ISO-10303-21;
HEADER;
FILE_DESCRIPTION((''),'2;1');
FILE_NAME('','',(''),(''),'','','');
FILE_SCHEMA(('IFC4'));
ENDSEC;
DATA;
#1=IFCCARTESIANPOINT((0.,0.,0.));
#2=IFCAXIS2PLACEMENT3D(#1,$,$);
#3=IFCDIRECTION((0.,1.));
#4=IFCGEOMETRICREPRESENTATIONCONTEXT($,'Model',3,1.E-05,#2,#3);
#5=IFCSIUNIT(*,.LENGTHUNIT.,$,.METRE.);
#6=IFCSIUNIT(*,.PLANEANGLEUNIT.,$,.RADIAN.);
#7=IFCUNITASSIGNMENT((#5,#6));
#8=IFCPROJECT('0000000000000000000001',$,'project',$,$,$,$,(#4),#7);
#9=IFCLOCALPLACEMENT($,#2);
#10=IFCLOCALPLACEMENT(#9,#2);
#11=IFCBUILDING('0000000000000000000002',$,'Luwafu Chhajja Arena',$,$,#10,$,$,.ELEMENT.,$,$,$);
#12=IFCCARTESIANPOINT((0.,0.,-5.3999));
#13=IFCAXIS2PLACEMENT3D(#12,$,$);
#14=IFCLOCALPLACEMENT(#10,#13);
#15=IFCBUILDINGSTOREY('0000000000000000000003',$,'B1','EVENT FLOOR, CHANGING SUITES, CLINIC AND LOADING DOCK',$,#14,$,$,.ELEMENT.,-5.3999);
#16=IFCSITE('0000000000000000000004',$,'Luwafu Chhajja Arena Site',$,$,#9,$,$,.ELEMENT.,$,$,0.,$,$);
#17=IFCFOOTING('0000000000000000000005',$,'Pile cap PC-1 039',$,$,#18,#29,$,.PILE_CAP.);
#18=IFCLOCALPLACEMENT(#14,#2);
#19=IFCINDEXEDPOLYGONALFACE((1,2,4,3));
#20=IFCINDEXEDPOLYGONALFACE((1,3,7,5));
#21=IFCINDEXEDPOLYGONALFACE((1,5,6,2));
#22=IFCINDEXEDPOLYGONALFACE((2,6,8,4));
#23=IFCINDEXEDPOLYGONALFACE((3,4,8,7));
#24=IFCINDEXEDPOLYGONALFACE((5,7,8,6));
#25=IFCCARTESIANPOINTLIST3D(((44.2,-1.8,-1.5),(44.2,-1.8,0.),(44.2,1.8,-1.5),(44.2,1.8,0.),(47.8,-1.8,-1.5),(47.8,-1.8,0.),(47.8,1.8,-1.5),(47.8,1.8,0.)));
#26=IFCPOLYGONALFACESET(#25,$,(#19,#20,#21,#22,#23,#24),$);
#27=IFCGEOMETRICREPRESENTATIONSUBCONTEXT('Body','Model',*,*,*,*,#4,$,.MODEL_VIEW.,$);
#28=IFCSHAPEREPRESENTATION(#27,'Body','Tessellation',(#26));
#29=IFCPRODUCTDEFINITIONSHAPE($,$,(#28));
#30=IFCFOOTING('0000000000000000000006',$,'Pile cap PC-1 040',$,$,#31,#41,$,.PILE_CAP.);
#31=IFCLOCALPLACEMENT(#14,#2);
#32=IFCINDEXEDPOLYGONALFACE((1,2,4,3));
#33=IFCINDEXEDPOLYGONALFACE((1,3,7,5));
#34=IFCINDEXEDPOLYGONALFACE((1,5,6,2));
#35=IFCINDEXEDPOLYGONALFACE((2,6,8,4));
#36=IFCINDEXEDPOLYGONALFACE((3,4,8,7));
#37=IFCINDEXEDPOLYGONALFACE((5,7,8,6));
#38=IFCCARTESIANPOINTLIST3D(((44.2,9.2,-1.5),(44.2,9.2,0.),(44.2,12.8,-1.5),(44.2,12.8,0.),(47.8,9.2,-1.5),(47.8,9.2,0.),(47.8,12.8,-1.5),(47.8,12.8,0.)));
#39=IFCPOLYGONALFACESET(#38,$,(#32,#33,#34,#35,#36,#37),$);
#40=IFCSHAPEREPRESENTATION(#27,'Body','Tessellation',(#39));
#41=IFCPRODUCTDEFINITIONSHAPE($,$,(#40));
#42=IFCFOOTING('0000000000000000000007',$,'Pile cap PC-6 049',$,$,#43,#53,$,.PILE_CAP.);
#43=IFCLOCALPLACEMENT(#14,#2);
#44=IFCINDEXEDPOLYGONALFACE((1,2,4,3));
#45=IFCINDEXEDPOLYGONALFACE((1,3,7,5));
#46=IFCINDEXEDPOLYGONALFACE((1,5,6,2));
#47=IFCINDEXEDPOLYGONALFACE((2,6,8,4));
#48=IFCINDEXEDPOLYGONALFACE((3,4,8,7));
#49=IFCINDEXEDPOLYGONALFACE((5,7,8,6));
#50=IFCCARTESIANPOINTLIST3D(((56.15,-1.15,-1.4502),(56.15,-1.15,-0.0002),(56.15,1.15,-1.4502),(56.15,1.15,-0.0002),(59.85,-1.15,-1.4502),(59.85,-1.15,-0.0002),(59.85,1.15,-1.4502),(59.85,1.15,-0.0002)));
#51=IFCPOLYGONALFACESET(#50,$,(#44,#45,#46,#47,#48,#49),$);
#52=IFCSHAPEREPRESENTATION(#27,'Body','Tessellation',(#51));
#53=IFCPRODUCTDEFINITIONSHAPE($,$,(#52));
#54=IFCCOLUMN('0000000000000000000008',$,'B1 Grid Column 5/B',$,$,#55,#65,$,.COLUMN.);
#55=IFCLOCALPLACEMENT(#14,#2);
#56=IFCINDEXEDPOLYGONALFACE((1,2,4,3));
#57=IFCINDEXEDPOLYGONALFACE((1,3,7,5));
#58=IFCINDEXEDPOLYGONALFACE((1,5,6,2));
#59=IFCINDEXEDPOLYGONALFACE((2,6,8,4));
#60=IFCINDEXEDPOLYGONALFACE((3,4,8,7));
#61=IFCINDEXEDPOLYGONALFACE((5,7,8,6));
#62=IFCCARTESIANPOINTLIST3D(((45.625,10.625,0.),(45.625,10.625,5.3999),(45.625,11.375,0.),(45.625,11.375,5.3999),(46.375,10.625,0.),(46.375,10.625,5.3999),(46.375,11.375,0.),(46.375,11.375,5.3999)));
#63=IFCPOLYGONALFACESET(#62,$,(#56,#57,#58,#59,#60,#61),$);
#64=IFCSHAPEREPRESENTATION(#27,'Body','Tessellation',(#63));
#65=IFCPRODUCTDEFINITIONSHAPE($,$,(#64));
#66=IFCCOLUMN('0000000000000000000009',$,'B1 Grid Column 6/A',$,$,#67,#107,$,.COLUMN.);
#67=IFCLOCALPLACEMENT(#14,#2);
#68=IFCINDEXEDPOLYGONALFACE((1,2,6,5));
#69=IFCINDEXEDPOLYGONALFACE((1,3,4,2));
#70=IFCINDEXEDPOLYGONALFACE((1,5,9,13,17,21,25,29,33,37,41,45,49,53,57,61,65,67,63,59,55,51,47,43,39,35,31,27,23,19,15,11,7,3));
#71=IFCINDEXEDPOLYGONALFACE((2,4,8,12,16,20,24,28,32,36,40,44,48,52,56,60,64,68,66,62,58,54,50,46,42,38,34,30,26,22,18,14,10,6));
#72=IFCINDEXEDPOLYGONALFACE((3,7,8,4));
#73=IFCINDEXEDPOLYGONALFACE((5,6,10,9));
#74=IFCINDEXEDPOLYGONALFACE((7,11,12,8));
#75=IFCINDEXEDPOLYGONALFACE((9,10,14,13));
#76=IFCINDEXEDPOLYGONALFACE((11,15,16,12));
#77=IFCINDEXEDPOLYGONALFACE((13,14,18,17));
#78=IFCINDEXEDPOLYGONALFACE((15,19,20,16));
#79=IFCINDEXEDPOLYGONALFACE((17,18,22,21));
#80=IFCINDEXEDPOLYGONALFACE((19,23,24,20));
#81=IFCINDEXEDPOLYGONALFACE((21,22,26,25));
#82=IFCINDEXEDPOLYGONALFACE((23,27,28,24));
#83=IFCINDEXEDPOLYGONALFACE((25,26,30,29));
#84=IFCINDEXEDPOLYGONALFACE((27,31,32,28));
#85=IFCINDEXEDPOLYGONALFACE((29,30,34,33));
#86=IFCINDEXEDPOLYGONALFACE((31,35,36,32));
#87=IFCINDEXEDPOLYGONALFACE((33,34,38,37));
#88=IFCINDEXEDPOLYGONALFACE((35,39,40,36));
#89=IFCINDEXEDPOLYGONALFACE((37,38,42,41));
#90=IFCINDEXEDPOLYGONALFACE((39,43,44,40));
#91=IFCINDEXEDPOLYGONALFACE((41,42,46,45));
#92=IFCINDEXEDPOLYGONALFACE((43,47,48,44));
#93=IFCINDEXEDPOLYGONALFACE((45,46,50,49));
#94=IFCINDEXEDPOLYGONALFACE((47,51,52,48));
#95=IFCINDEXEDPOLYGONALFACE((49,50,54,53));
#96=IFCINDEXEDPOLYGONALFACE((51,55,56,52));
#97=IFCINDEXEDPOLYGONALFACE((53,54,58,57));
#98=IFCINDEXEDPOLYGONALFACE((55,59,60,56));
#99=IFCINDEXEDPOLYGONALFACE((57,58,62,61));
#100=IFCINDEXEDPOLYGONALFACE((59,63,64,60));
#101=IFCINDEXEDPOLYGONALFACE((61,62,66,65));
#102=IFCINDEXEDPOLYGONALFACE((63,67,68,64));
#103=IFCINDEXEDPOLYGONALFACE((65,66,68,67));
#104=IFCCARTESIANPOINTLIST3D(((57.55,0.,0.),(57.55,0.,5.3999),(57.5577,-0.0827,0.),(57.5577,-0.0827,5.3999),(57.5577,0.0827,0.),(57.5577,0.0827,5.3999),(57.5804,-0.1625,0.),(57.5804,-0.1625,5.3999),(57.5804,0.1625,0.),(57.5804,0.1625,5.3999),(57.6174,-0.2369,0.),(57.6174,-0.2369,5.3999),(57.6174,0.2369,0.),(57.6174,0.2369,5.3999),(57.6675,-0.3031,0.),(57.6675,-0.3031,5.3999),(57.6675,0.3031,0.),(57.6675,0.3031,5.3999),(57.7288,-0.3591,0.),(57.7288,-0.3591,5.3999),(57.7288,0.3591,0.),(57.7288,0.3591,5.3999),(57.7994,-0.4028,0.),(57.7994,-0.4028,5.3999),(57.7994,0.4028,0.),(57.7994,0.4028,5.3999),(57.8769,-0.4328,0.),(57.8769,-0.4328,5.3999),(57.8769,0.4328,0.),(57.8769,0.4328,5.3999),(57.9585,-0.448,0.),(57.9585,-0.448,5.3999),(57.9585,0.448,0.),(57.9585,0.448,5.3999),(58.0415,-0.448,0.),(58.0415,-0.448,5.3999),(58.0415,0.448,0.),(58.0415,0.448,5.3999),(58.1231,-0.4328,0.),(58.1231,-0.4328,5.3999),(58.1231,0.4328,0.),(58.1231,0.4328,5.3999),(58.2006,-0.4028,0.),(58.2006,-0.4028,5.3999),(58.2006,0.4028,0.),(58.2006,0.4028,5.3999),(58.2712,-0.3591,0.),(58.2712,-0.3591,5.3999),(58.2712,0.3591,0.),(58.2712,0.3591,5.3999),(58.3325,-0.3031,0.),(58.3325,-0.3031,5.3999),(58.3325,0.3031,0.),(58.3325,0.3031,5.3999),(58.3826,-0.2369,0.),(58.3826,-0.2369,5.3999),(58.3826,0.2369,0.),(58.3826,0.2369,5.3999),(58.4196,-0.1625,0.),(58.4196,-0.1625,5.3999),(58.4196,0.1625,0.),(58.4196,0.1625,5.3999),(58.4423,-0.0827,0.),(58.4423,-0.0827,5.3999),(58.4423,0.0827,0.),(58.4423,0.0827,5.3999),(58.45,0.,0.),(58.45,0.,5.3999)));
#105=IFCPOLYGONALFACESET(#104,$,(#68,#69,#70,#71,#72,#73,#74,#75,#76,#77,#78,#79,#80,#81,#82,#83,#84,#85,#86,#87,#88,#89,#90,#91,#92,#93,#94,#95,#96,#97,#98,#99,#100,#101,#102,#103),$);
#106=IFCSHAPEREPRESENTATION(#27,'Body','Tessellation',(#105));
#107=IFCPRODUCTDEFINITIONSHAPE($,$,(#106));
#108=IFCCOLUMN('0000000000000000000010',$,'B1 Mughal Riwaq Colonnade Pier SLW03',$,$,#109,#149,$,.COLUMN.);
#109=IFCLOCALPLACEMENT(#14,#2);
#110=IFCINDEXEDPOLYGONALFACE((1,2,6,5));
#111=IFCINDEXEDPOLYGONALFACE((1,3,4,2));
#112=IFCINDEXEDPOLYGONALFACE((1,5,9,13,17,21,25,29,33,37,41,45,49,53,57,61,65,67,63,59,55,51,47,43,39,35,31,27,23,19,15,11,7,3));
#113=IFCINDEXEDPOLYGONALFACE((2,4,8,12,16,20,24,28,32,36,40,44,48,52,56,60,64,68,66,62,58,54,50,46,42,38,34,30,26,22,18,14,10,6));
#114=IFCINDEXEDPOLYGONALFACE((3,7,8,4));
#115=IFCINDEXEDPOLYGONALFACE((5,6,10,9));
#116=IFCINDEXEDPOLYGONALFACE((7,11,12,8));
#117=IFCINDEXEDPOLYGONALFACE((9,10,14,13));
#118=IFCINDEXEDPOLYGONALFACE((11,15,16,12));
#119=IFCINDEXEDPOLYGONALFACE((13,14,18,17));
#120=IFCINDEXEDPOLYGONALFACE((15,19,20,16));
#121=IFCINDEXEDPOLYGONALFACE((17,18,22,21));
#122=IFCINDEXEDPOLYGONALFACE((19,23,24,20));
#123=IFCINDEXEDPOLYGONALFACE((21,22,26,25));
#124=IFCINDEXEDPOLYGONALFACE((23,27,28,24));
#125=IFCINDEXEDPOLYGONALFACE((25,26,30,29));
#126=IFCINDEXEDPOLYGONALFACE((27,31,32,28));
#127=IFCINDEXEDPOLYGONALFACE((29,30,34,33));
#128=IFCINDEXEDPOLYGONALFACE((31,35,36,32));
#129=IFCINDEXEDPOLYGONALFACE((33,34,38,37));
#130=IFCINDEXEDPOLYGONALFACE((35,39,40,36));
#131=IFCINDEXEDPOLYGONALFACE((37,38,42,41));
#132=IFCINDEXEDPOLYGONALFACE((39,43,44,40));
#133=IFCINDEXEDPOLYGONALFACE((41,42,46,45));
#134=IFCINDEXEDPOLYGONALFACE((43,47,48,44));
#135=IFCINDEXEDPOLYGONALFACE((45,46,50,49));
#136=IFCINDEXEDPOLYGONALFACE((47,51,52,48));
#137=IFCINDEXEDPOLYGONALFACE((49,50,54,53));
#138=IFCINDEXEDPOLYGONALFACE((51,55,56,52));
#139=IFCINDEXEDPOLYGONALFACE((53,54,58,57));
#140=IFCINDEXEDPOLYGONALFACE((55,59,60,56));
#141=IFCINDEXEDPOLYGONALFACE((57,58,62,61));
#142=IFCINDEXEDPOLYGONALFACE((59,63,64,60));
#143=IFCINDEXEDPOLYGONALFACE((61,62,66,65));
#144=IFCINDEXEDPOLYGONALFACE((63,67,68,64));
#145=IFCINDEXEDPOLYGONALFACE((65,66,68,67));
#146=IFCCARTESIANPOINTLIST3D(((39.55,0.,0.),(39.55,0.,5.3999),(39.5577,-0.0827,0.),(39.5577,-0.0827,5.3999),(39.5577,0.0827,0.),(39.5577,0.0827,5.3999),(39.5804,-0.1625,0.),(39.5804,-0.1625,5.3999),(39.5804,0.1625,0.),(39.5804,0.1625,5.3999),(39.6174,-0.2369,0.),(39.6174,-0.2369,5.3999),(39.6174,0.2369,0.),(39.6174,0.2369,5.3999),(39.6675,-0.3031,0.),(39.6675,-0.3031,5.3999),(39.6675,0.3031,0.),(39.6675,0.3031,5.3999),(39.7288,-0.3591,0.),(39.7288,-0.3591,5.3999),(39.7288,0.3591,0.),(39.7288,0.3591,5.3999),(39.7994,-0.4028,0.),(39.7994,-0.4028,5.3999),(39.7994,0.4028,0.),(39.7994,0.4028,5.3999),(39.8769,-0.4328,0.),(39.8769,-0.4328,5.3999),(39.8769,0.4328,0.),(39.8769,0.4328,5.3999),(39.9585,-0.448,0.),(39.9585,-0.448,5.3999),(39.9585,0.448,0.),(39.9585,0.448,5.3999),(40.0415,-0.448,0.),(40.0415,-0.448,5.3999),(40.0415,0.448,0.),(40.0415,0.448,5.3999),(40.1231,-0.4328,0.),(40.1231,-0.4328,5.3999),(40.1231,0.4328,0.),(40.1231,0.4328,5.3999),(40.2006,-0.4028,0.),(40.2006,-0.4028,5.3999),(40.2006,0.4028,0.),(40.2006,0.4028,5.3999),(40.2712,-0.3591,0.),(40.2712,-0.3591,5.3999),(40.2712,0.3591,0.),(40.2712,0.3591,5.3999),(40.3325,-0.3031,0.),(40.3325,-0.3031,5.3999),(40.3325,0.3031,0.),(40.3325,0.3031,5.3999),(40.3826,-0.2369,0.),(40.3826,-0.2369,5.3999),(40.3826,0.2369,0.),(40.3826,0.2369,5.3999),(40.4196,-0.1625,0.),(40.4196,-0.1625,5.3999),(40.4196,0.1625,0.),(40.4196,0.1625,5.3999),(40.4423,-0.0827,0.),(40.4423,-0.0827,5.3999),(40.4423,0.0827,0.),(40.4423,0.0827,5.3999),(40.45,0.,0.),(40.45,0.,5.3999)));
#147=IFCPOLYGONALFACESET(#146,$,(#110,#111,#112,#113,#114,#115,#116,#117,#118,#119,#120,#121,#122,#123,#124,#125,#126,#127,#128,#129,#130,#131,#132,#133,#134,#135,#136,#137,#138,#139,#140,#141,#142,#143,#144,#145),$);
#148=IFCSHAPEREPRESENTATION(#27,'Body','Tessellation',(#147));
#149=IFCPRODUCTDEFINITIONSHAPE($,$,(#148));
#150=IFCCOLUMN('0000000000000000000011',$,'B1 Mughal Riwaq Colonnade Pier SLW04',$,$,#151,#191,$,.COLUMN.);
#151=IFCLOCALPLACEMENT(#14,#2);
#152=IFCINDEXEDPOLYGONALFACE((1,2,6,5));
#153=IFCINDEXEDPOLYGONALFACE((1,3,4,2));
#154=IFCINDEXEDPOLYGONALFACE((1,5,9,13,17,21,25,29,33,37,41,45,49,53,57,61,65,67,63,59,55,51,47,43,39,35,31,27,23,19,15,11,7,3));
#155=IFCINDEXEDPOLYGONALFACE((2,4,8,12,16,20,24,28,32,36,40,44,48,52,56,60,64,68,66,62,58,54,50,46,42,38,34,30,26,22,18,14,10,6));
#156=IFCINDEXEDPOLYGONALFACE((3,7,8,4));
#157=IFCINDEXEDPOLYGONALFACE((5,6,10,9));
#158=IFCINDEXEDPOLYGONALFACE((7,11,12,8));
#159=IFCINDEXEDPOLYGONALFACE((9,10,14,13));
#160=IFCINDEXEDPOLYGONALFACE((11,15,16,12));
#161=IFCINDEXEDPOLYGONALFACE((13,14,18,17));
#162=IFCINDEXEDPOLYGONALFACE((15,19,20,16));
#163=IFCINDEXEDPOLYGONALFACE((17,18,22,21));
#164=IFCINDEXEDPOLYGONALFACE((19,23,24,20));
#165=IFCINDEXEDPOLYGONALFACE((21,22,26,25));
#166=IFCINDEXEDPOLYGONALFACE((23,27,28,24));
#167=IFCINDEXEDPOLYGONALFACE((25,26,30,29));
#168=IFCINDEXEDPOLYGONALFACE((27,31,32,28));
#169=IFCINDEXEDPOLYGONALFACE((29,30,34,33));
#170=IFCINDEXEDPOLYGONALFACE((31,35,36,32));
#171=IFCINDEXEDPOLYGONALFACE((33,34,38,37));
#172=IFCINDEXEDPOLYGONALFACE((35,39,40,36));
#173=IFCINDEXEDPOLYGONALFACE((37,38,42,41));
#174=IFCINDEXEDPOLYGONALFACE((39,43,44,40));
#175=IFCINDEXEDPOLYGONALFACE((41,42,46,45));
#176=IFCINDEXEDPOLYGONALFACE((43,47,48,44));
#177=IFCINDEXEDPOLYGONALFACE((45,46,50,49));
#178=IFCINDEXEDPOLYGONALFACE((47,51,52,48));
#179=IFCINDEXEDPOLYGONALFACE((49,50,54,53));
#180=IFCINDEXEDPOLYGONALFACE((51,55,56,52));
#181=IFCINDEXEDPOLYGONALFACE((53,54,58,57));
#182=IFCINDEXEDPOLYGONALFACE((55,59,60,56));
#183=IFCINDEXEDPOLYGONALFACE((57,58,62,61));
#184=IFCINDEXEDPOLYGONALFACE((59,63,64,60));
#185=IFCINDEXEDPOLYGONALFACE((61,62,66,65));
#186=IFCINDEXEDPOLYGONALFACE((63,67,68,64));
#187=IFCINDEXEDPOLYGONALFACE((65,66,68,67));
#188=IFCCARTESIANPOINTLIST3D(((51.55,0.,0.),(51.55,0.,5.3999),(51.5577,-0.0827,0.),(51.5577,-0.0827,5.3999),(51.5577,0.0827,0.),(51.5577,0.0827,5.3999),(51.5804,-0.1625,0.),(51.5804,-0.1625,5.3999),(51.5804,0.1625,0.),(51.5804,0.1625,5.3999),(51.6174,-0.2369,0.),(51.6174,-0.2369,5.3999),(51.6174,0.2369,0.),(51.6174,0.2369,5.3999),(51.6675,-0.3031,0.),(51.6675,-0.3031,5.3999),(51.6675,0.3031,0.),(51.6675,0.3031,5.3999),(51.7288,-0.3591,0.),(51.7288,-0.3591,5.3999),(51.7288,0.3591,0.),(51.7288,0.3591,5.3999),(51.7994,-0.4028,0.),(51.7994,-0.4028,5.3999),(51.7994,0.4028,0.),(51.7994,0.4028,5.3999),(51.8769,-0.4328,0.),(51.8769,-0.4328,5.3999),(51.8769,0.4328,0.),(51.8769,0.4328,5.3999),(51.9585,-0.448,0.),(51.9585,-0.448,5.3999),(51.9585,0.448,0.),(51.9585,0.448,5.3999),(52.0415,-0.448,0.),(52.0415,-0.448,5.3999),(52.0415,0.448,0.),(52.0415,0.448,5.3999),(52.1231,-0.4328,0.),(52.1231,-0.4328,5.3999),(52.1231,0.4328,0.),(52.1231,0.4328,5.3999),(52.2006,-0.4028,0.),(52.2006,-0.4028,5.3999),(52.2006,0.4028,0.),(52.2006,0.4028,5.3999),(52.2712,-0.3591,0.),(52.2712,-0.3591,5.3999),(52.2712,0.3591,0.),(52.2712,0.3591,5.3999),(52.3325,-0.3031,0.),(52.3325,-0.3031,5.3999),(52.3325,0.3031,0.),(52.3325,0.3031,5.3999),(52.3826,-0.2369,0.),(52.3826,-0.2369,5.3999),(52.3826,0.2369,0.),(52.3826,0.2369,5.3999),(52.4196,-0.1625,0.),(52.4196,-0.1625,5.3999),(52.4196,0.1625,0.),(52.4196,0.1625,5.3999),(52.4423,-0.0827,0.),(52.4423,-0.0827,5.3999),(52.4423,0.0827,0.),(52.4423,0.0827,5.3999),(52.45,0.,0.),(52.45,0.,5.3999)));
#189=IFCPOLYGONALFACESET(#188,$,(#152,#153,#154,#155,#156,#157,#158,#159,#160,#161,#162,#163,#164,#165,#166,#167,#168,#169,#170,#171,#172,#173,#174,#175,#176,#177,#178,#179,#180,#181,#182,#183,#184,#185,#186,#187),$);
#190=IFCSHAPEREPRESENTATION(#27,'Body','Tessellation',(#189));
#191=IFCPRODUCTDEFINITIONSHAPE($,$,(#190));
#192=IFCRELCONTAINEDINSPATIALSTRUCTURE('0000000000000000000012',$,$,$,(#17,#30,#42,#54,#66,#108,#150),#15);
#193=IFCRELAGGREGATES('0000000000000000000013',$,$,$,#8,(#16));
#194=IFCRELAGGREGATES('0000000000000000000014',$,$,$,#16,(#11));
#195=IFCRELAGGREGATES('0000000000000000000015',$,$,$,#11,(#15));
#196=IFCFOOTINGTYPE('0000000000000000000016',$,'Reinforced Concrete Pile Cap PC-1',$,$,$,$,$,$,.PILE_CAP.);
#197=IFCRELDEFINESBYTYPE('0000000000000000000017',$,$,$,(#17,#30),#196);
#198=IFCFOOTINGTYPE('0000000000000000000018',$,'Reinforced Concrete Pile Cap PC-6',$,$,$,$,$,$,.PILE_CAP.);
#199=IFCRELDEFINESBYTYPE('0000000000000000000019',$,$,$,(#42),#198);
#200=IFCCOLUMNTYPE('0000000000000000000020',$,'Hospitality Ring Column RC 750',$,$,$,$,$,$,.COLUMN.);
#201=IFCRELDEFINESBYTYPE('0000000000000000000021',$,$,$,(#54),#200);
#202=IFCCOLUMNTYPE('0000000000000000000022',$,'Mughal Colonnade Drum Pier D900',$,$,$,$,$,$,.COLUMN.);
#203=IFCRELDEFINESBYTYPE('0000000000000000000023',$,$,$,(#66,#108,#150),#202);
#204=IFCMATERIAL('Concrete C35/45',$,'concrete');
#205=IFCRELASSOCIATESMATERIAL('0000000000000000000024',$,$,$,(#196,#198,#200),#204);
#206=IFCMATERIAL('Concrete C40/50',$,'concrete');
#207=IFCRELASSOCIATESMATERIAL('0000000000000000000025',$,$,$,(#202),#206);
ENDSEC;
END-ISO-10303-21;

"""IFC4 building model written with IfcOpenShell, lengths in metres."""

from ifc_helpers import new_model, si_unit, direction, frame, origin, origin_2d, place, context, subcontext, project, spatial, rectangle, circle, extrude, material, material_profile, profile_set, type_object, element, save


model = new_model("IFC4")

# Units and contexts
model_context = context("Model", 3, precision=1e-05, world=origin(), true_north=direction((0.0, 1.0)))
body_context = subcontext(model_context, "Body", "Model", "MODEL_VIEW")
ifc_project = project(units=[si_unit("LENGTHUNIT", "METRE"), si_unit("PLANEANGLEUNIT", "RADIAN")], contexts=[model_context])

# Site, building, storey
site_placement = place(None, origin())
site = spatial("IfcSite", under=ifc_project, at=site_placement, Name="Luwafu Chhajja Arena Site", CompositionType="ELEMENT", RefElevation=0.0)
building_placement = place(site_placement, origin())
building = spatial("IfcBuilding", under=site, at=building_placement, Name="Luwafu Chhajja Arena", CompositionType="ELEMENT")
storey_placement = place(building_placement, frame((0.0, 0.0, -5.3999)))
storey = spatial("IfcBuildingStorey", under=building, at=storey_placement, Name="B1", Description="EVENT FLOOR, CHANGING SUITES, CLINIC AND LOADING DOCK", CompositionType="ELEMENT", Elevation=-5.3999)

# Shared definitions
ifc_material_1 = material(Name="Concrete C35/45", Category="concrete")

# Footings
footing_type_1 = type_object("IfcFootingType", Name="Reinforced Concrete Pile Cap PC-1", PredefinedType="PILE_CAP", material=ifc_material_1)
for number, where, z_axis, x_axis, name in (
    (1, (46.0, 0.0, -1.5), (0.0, 0.0, 1.0), (1.0, 0.0, 0.0), "Pile cap PC-1 039"),
    (2, (46.0, 11.0, -1.5), (0.0, 0.0, 1.0), (1.0, 0.0, 0.0), "Pile cap PC-1 040"),
):
    element("IfcFooting", number, at=place(storey_placement, frame(where, z_axis=z_axis, x_axis=x_axis)), inside=storey, type_object=footing_type_1, Name=name, PredefinedType="PILE_CAP", context=body_context, shape_type="SweptSolid", body=[
        extrude(rectangle(XDim=3.6001, YDim=3.6001, at=origin_2d()), origin(), (0.0, 0.0, 1.0), 1.5),
    ])
footing_type_2 = type_object("IfcFootingType", Name="Reinforced Concrete Pile Cap PC-6", PredefinedType="PILE_CAP", material=ifc_material_1)
footing_1_placement = place(storey_placement, frame((58.0, 0.0, -1.4502), z_axis=(0.0, 0.0, 1.0), x_axis=(1.0, 0.0, 0.0)))
element("IfcFooting", 3, at=footing_1_placement, inside=storey, type_object=footing_type_2, Name="Pile cap PC-6 049", PredefinedType="PILE_CAP", context=body_context, shape_type="SweptSolid", body=[
    extrude(rectangle(XDim=3.7, YDim=2.3, at=origin_2d()), origin(), (0.0, 0.0, 1.0), 1.45),
])

# Columns
ifc_material_profile_1 = material_profile(ifc_material_1, rectangle(XDim=0.75, YDim=0.75, at=origin_2d()), Name="RC 750x750")
ifc_profile_set_1 = profile_set([ifc_material_profile_1], Name="Concrete C35/45")
column_type_1 = type_object("IfcColumnType", Name="Hospitality Ring Column RC 750", PredefinedType="COLUMN", material=ifc_profile_set_1)
column_1_placement = place(storey_placement, frame((46.0, 11.0, 0.0), z_axis=(0.0, 0.0, 1.0), x_axis=(1.0, 0.0, 0.0)))
element("IfcColumn", 4, at=column_1_placement, inside=storey, type_object=column_type_1, Name="B1 Grid Column 5/B", PredefinedType="COLUMN", context=body_context, shape_type="SweptSolid", body=[
    extrude(rectangle(XDim=0.75, YDim=0.75, at=origin_2d()), origin(), (0.0, 0.0, 1.0), 5.3999),
])
ifc_material_2 = material(Name="Concrete C40/50", Category="concrete")
ifc_material_profile_2 = material_profile(ifc_material_2, circle(Radius=0.45, at=origin_2d()), Name="RC COL D900")
ifc_profile_set_2 = profile_set([ifc_material_profile_2], Name="Concrete C40/50")
column_type_2 = type_object("IfcColumnType", Name="Mughal Colonnade Drum Pier D900", PredefinedType="COLUMN", material=ifc_profile_set_2)
for number, where, z_axis, x_axis, name in (
    (5, (58.0, 0.0, 0.0), (0.0, 0.0, 1.0), (1.0, 0.0, 0.0), "B1 Grid Column 6/A"),
    (6, (40.0, 0.0, 0.0), (0.0, 0.0, 1.0), (1.0, 0.0, 0.0), "B1 Mughal Riwaq Colonnade Pier SLW03"),
    (7, (52.0, 0.0, 0.0), (0.0, 0.0, 1.0), (1.0, 0.0, 0.0), "B1 Mughal Riwaq Colonnade Pier SLW04"),
):
    element("IfcColumn", number, at=place(storey_placement, frame(where, z_axis=z_axis, x_axis=x_axis)), inside=storey, type_object=column_type_2, Name=name, PredefinedType="COLUMN", context=body_context, shape_type="SweptSolid", body=[
        extrude(circle(Radius=0.45, at=origin_2d()), origin(), (0.0, 0.0, 1.0), 5.3999),
    ])

save(model, "model.ifc")
